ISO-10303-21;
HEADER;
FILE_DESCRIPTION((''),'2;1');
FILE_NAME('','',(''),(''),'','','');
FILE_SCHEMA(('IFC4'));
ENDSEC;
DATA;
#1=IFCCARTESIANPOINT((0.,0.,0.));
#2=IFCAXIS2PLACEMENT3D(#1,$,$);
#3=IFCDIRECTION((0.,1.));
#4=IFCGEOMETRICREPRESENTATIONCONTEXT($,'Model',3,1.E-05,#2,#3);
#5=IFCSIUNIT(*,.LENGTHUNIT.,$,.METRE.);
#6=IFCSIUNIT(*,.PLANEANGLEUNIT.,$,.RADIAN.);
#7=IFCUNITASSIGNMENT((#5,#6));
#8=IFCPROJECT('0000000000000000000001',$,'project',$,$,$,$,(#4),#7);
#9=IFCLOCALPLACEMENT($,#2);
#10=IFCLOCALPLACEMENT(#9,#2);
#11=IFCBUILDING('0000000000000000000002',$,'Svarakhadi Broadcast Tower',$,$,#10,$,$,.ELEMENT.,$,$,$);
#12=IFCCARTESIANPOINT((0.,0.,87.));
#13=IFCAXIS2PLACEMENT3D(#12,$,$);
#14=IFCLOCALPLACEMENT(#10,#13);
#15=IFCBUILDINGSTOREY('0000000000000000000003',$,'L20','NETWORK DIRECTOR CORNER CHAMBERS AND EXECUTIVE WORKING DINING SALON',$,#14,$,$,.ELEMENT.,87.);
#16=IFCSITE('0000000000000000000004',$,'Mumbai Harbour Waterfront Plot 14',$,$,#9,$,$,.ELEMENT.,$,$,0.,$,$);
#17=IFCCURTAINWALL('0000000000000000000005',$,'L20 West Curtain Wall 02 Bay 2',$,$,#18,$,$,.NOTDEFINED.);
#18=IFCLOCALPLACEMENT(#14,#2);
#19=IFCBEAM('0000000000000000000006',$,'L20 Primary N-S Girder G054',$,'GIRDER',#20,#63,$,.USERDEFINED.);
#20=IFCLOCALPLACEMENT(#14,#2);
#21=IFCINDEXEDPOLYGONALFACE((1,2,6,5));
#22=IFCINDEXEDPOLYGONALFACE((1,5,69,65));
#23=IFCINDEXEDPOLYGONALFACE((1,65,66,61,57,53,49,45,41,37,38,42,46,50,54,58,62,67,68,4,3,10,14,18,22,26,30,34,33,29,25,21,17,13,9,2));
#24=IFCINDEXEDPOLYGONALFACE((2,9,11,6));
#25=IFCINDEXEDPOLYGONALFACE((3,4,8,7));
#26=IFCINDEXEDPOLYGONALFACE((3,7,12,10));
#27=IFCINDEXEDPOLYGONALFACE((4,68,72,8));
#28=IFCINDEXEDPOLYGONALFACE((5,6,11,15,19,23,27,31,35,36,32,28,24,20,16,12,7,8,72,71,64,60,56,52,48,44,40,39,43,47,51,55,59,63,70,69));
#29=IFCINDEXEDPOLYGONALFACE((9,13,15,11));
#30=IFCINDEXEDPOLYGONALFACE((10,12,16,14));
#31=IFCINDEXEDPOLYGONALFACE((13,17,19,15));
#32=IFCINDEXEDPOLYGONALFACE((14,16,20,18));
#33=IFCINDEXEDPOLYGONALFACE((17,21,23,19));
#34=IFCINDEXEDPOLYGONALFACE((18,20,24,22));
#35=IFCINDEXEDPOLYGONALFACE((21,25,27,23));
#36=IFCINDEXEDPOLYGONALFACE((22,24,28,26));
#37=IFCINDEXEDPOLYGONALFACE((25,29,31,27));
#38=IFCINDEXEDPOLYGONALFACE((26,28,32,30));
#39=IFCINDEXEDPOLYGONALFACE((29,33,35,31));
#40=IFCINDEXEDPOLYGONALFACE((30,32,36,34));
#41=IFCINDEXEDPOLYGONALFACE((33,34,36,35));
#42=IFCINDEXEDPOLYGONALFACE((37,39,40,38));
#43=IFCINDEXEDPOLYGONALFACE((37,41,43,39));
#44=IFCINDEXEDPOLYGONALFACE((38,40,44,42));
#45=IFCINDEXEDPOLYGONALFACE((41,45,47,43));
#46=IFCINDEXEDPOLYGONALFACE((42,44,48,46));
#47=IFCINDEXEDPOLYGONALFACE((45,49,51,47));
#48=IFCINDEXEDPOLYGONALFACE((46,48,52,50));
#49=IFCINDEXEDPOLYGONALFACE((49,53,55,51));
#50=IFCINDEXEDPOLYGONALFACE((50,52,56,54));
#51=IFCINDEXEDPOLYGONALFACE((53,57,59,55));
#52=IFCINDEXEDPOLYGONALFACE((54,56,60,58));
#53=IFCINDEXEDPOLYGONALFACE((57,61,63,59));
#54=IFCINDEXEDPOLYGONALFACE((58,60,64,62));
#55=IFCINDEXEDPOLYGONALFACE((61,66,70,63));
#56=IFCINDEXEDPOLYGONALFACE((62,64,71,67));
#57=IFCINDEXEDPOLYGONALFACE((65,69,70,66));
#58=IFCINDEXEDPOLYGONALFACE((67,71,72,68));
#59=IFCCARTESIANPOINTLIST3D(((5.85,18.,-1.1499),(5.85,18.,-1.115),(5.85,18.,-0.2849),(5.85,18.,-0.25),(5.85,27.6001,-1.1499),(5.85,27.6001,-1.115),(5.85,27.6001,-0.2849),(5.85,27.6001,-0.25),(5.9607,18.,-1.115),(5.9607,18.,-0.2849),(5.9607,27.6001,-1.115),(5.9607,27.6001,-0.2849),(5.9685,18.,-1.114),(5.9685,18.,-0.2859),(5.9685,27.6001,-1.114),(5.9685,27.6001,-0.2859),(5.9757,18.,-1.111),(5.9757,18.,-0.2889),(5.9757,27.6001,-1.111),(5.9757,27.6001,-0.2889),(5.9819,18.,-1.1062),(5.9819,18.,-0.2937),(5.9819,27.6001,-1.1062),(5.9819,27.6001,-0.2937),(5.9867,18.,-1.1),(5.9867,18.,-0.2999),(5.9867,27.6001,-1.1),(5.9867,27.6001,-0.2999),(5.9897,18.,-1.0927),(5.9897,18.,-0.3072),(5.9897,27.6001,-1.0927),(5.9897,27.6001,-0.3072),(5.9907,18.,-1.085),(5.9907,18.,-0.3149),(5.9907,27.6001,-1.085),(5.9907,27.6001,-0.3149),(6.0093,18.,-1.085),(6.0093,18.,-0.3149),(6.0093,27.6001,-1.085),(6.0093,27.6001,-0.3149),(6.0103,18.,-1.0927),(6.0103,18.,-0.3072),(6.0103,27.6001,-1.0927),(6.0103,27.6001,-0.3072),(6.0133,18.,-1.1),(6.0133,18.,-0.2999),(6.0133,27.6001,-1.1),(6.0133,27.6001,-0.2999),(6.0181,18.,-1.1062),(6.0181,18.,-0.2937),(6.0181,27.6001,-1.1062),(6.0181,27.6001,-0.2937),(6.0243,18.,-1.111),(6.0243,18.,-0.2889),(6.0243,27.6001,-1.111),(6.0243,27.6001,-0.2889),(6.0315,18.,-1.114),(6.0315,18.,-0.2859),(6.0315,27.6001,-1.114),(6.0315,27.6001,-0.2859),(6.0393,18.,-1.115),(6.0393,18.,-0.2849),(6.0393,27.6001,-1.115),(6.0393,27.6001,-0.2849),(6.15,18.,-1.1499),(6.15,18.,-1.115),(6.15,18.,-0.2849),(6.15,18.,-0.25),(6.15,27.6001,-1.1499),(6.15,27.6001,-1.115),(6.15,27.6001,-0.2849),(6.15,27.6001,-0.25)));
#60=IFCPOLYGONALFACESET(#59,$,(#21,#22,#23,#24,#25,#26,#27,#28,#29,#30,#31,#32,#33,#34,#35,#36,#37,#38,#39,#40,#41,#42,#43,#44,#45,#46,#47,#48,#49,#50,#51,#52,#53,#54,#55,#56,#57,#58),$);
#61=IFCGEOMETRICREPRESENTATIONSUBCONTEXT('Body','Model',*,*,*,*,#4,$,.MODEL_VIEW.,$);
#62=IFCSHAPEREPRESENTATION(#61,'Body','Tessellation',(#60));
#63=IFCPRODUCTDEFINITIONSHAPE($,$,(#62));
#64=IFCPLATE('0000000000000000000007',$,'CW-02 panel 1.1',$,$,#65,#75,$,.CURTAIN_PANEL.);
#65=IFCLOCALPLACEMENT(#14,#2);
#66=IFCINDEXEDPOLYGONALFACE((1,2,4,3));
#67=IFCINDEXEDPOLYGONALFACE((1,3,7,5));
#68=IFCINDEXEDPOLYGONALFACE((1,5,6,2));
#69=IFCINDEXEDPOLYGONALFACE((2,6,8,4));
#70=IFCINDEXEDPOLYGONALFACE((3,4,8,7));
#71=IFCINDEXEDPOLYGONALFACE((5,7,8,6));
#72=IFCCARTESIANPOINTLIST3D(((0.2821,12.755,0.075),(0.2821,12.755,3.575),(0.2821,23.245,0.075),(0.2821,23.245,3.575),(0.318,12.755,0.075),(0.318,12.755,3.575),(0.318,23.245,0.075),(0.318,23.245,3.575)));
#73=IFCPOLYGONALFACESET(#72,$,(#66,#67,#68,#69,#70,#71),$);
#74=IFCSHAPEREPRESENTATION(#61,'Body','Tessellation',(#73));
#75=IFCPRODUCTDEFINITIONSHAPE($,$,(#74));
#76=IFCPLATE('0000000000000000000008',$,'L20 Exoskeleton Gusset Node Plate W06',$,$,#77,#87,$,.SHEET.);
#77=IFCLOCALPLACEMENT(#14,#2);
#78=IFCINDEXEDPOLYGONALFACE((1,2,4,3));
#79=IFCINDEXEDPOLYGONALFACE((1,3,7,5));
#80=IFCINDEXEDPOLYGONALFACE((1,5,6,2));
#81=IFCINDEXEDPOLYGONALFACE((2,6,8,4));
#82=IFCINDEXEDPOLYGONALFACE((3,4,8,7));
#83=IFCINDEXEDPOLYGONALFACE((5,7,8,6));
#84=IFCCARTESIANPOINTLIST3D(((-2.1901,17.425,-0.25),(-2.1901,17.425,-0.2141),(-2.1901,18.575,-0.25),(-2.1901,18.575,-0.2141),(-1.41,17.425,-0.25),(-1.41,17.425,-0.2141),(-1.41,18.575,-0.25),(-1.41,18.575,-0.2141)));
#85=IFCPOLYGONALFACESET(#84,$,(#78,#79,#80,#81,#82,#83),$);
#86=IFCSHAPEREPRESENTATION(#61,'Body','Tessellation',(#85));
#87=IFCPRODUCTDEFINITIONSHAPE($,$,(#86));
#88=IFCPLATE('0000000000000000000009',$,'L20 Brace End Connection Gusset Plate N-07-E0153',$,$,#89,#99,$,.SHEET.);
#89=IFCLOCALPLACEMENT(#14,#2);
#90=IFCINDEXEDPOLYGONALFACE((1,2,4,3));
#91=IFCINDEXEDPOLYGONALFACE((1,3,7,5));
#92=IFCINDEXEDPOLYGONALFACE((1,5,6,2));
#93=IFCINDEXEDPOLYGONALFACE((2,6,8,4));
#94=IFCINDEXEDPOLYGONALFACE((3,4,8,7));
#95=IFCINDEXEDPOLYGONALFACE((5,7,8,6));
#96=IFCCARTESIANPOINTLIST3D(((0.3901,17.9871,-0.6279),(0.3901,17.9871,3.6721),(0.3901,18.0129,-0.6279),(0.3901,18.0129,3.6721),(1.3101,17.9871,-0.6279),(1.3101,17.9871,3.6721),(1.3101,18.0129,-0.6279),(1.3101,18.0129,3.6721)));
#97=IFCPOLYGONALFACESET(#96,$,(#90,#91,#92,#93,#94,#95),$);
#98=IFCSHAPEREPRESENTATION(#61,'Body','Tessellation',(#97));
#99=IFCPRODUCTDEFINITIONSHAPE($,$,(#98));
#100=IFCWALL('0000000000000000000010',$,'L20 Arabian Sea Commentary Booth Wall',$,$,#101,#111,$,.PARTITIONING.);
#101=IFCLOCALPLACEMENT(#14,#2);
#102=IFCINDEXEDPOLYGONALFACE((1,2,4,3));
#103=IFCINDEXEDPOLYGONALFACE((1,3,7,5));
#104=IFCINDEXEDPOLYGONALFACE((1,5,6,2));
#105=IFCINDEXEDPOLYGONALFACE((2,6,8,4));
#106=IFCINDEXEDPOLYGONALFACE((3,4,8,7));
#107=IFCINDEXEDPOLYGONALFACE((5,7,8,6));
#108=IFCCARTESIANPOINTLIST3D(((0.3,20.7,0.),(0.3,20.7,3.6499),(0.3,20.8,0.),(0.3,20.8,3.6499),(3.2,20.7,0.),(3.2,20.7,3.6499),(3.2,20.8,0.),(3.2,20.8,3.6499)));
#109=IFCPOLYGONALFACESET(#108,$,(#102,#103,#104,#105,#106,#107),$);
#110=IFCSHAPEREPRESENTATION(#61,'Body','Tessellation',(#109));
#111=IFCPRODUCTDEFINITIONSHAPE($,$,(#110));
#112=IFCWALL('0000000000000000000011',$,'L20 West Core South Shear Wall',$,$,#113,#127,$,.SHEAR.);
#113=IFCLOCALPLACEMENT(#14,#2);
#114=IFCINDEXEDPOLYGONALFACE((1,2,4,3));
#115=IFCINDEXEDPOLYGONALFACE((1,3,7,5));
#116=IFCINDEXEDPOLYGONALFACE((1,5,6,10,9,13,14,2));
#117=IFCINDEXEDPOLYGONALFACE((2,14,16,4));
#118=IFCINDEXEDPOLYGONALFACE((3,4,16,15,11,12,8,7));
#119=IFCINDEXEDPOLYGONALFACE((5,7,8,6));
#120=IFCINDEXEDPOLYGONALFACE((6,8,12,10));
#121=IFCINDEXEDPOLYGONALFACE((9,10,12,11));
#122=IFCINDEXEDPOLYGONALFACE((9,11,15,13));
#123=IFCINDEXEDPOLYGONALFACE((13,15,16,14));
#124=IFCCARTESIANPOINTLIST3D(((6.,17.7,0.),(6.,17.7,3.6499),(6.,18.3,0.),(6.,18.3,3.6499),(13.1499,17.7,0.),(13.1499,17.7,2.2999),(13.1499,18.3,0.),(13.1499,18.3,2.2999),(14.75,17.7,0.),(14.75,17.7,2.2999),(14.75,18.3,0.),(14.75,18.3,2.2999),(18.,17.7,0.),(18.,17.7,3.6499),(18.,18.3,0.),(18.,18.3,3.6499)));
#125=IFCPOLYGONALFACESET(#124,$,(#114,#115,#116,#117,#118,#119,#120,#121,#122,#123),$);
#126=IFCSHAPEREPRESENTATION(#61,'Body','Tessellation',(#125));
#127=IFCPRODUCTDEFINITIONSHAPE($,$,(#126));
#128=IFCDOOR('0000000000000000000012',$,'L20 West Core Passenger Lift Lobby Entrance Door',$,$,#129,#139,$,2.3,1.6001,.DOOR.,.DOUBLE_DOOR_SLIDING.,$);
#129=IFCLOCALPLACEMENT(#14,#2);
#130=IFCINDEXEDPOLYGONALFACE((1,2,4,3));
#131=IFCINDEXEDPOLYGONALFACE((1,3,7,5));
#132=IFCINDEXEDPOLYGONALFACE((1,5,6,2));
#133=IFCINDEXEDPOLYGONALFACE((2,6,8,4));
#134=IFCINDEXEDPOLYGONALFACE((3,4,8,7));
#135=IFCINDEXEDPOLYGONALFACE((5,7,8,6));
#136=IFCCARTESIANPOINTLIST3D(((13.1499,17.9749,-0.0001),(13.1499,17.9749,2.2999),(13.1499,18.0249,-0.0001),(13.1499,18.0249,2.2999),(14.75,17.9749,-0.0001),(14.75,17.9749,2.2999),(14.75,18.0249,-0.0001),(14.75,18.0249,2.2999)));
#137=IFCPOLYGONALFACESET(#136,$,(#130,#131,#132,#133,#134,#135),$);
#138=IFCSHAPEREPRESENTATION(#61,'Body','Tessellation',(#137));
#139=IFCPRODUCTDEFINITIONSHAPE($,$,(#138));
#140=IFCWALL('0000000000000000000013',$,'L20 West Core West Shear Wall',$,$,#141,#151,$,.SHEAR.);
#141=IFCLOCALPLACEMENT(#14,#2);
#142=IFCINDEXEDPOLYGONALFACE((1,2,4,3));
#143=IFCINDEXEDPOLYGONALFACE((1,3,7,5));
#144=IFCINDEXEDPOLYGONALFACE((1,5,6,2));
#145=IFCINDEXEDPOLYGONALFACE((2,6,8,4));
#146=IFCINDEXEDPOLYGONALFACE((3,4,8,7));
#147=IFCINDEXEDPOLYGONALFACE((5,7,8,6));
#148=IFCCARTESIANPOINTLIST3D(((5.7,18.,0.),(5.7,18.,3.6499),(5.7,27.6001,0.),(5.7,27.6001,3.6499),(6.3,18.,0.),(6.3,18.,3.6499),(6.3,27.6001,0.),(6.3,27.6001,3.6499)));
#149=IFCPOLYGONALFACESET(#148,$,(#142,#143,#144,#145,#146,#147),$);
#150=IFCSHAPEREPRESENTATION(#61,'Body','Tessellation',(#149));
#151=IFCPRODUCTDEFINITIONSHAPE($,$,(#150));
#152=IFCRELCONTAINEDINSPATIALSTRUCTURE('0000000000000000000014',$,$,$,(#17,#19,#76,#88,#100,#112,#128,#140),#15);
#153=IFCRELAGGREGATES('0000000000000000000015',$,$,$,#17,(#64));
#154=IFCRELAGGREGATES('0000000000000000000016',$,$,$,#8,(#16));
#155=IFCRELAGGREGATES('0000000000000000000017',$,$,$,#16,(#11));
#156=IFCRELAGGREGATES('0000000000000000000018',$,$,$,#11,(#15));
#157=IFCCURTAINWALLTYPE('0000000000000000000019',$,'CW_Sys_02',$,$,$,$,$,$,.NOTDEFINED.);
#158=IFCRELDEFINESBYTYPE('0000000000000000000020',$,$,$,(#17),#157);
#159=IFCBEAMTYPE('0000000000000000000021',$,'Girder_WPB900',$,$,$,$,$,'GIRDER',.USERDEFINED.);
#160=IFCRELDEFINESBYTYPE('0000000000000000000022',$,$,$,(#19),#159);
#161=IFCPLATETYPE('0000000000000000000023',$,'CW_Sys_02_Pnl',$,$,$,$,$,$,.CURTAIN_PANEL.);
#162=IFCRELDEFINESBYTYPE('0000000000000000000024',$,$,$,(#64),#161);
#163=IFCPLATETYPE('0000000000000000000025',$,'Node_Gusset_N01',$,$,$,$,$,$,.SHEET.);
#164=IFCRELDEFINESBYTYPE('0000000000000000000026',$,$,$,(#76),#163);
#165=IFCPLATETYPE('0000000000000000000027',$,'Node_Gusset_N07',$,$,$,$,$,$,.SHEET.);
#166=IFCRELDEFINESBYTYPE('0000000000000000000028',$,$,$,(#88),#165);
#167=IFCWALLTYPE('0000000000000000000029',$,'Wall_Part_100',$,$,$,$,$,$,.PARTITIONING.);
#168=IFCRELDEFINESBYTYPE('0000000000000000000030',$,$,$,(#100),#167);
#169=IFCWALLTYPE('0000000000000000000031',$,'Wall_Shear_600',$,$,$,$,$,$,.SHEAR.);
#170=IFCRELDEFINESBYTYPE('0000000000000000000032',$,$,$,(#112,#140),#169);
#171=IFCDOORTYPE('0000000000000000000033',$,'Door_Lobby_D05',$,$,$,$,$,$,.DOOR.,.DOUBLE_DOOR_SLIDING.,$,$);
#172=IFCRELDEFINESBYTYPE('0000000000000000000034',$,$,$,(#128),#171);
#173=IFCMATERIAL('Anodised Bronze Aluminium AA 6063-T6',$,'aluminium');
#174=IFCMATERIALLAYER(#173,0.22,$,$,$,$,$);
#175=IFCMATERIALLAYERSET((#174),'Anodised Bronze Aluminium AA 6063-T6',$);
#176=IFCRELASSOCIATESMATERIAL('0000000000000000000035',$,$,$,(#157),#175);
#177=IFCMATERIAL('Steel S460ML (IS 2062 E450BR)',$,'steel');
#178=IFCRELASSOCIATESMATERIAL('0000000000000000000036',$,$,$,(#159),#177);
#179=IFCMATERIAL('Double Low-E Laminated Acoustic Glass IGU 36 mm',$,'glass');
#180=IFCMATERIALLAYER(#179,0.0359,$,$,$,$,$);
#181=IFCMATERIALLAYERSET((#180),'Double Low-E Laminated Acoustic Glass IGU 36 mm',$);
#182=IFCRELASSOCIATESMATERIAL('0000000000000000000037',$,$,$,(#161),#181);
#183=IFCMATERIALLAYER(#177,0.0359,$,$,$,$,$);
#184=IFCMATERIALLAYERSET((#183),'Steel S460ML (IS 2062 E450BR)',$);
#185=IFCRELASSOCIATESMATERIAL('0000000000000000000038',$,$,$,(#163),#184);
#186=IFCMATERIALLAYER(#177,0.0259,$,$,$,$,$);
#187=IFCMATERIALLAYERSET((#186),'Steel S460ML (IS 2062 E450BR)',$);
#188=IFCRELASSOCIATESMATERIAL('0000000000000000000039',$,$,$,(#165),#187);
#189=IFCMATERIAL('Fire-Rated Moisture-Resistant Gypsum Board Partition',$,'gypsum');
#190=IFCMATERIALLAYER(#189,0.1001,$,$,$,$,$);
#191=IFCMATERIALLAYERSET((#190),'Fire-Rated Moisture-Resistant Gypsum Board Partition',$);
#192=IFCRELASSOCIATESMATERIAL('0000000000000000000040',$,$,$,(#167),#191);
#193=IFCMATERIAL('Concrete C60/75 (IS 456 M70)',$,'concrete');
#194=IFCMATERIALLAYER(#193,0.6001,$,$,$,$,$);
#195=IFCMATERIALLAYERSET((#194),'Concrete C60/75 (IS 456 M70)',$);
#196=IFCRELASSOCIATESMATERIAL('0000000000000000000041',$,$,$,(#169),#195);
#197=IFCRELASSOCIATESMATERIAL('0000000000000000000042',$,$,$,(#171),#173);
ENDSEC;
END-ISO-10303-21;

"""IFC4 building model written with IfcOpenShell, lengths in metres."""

from ifc_helpers import new_model, si_unit, direction, frame, frame_2d, origin, origin_2d, place, context, subcontext, project, spatial, rectangle, i_section, extrude, material, layer, layer_set, material_profile, profile_set, type_object, element, fill, aggregate, save


model = new_model("IFC4")

# Units and contexts
model_context = context("Model", 3, precision=1e-05, world=origin(), true_north=direction((0.0, 1.0)))
body_context = subcontext(model_context, "Body", "Model", "MODEL_VIEW")
ifc_project = project(units=[si_unit("LENGTHUNIT", "METRE"), si_unit("PLANEANGLEUNIT", "RADIAN")], contexts=[model_context])

# Site, building, storey
site_placement = place(None, origin())
site = spatial("IfcSite", under=ifc_project, at=site_placement, Name="Mumbai Harbour Waterfront Plot 14", CompositionType="ELEMENT", RefElevation=0.0)
building_placement = place(site_placement, origin())
building = spatial("IfcBuilding", under=site, at=building_placement, Name="Svarakhadi Broadcast Tower", CompositionType="ELEMENT")
storey_placement = place(building_placement, frame((0.0, 0.0, 87.0)))
storey = spatial("IfcBuildingStorey", under=building, at=storey_placement, Name="L20", Description="NETWORK DIRECTOR CORNER CHAMBERS AND EXECUTIVE WORKING DINING SALON", CompositionType="ELEMENT", Elevation=87.0)

# Shared definitions
ifc_material_1 = material(Name="Concrete C60/75 (IS 456 M70)", Category="concrete")
ifc_material_2 = material(Name="Steel S460ML (IS 2062 E450BR)", Category="steel")

# Curtain wall
ifc_material_3 = material(Name="Anodised Bronze Aluminium AA 6063-T6", Category="aluminium")
ifc_layer_1 = layer(ifc_material_3, 0.22)
ifc_layer_set_1 = layer_set([ifc_layer_1], Name="Anodised Bronze Aluminium AA 6063-T6")
curtain_wall_type = type_object("IfcCurtainWallType", Name="CW_Sys_02", PredefinedType="NOTDEFINED", material=ifc_layer_set_1)
curtain_wall_placement = place(storey_placement, origin())
curtain_wall = element("IfcCurtainWall", 1, at=curtain_wall_placement, inside=storey, type_object=curtain_wall_type, Name="L20 West Curtain Wall 02 Bay 2", PredefinedType="NOTDEFINED")

# Beam
ifc_material_profile_1 = material_profile(ifc_material_2, i_section(OverallWidth=0.3, OverallDepth=0.8999, WebThickness=0.0186, FlangeThickness=0.0349, FilletRadius=0.03, at=origin_2d()), Name="WPB 900x300x291")
ifc_profile_set_1 = profile_set([ifc_material_profile_1], Name="Steel S460ML (IS 2062 E450BR)")
beam_type_1 = type_object("IfcBeamType", Name="Girder_WPB900", ElementType="GIRDER", PredefinedType="USERDEFINED", material=ifc_profile_set_1)
beam_1_placement = place(storey_placement, frame((6.0, 18.0, -0.7), z_axis=(0.0, 1.0, 0.0), x_axis=(-1.0, 0.0, 0.0)))
element("IfcBeam", 2, at=beam_1_placement, inside=storey, type_object=beam_type_1, Name="L20 Primary N-S Girder G054", ObjectType="GIRDER", PredefinedType="USERDEFINED", context=body_context, shape_type="SweptSolid", body=[
    extrude(i_section(OverallWidth=0.3, OverallDepth=0.8999, WebThickness=0.0186, FlangeThickness=0.0349, FilletRadius=0.03, at=origin_2d()), origin(), (0.0, 0.0, 1.0), 9.6001),
])

# Plate
ifc_material_4 = material(Name="Double Low-E Laminated Acoustic Glass IGU 36 mm", Category="glass")
ifc_layer_2 = layer(ifc_material_4, 0.0359)
ifc_layer_set_2 = layer_set([ifc_layer_2], Name="Double Low-E Laminated Acoustic Glass IGU 36 mm")
plate_type_1 = type_object("IfcPlateType", Name="CW_Sys_02_Pnl", PredefinedType="CURTAIN_PANEL", material=ifc_layer_set_2)
plate_1_placement = place(storey_placement, frame((0.3, 18.0, 0.075), z_axis=(0.0, 0.0, 1.0), x_axis=(0.0, 1.0, 0.0)))
plate_1 = element("IfcPlate", 3, at=plate_1_placement, type_object=plate_type_1, Name="CW-02 panel 1.1", PredefinedType="CURTAIN_PANEL", context=body_context, shape_type="SweptSolid", body=[
    extrude(rectangle(XDim=10.49, YDim=0.0359, at=origin_2d()), origin(), (0.0, 0.0, 1.0), 3.5),
])
aggregate(curtain_wall, [plate_1])

# Plates
ifc_layer_3 = layer(ifc_material_2, 0.0359)
ifc_layer_set_3 = layer_set([ifc_layer_3], Name="Steel S460ML (IS 2062 E450BR)")
plate_type_2 = type_object("IfcPlateType", Name="Node_Gusset_N01", PredefinedType="SHEET", material=ifc_layer_set_3)
plate_2_placement = place(storey_placement, frame((-1.8, 18.0, -0.25), z_axis=(0.0, 0.0, 1.0), x_axis=(0.0, 1.0, 0.0)))
element("IfcPlate", 4, at=plate_2_placement, inside=storey, type_object=plate_type_2, Name="L20 Exoskeleton Gusset Node Plate W06", PredefinedType="SHEET", context=body_context, shape_type="SweptSolid", body=[
    extrude(rectangle(XDim=1.1499, YDim=0.78, at=origin_2d()), origin(), (0.0, 0.0, 1.0), 0.0359),
])
ifc_layer_4 = layer(ifc_material_2, 0.0259)
ifc_layer_set_4 = layer_set([ifc_layer_4], Name="Steel S460ML (IS 2062 E450BR)")
plate_type_3 = type_object("IfcPlateType", Name="Node_Gusset_N07", PredefinedType="SHEET", material=ifc_layer_set_4)
plate_3_placement = place(storey_placement, frame((0.8501, 18.0, -0.6279), z_axis=(0.0, 0.0, 1.0), x_axis=(1.0, 0.0, 0.0)))
element("IfcPlate", 5, at=plate_3_placement, inside=storey, type_object=plate_type_3, Name="L20 Brace End Connection Gusset Plate N-07-E0153", PredefinedType="SHEET", context=body_context, shape_type="SweptSolid", body=[
    extrude(rectangle(XDim=0.9199, YDim=0.0259, at=origin_2d()), origin(), (0.0, 0.0, 1.0), 4.3),
])

# Wall
ifc_material_5 = material(Name="Fire-Rated Moisture-Resistant Gypsum Board Partition", Category="gypsum")
ifc_layer_5 = layer(ifc_material_5, 0.1001)
ifc_layer_set_5 = layer_set([ifc_layer_5], Name="Fire-Rated Moisture-Resistant Gypsum Board Partition")
wall_type_1 = type_object("IfcWallType", Name="Wall_Part_100", PredefinedType="PARTITIONING", material=ifc_layer_set_5)
wall_1_placement = place(storey_placement, frame((0.3, 20.75, 0.0), z_axis=(0.0, 0.0, 1.0), x_axis=(1.0, 0.0, 0.0)))
element("IfcWall", 6, at=wall_1_placement, inside=storey, type_object=wall_type_1, Name="L20 Arabian Sea Commentary Booth Wall", PredefinedType="PARTITIONING", context=body_context, shape_type="SweptSolid", body=[
    extrude(rectangle(XDim=2.8999, YDim=0.1001, at=frame_2d((1.45, 0.0))), origin(), (0.0, 0.0, 1.0), 3.6499),
])

# Wall, opening, door
ifc_layer_6 = layer(ifc_material_1, 0.6001)
ifc_layer_set_6 = layer_set([ifc_layer_6], Name="Concrete C60/75 (IS 456 M70)")
wall_type_2 = type_object("IfcWallType", Name="Wall_Shear_600", PredefinedType="SHEAR", material=ifc_layer_set_6)
wall_2_placement = place(storey_placement, frame((6.0, 18.0, 0.0), z_axis=(0.0, 0.0, 1.0), x_axis=(1.0, 0.0, 0.0)))
wall_2 = element("IfcWall", 7, at=wall_2_placement, inside=storey, type_object=wall_type_2, Name="L20 West Core South Shear Wall", PredefinedType="SHEAR", context=body_context, shape_type="SweptSolid", body=[
    extrude(rectangle(XDim=12.0, YDim=0.6001, at=frame_2d((6.0, 0.0))), origin(), (0.0, 0.0, 1.0), 3.6499),
])
opening_placement = place(wall_2_placement, frame((7.1499, 0.0, 0.0)))
opening = element("IfcOpeningElement", 8, at=opening_placement, cuts=wall_2, PredefinedType="OPENING", context=body_context, shape_type="SweptSolid", body=[
    extrude(rectangle(XDim=1.6001, YDim=2.3, at=frame_2d((0.8, 1.1499))), frame((0.0, 0.3101, 0.0), z_axis=(0.0, -1.0, 0.0), x_axis=(1.0, 0.0, 0.0)), (0.0, 0.0, 1.0), 0.6201),
])
door_type = type_object("IfcDoorType", Name="Door_Lobby_D05", OperationType="DOUBLE_DOOR_SLIDING", PredefinedType="DOOR", material=ifc_material_3)
door_placement = place(opening_placement, origin())
door = element("IfcDoor", 9, at=door_placement, inside=storey, type_object=door_type, Name="L20 West Core Passenger Lift Lobby Entrance Door", OperationType="DOUBLE_DOOR_SLIDING", OverallHeight=2.3, OverallWidth=1.6001, PredefinedType="DOOR", context=body_context, shape_type="SweptSolid", body=[
    extrude(rectangle(XDim=1.6001, YDim=2.3, at=frame_2d((0.8, 1.1499))), frame((0.0, 0.0249, 0.0), z_axis=(0.0, -1.0, 0.0), x_axis=(1.0, 0.0, 0.0)), (0.0, 0.0, 1.0), 0.05),
])
fill(opening, door)

# Wall
wall_3_placement = place(storey_placement, frame((6.0, 18.0, 0.0), z_axis=(0.0, 0.0, 1.0), x_axis=(0.0, 1.0, 0.0)))
element("IfcWall", 10, at=wall_3_placement, inside=storey, type_object=wall_type_2, Name="L20 West Core West Shear Wall", PredefinedType="SHEAR", context=body_context, shape_type="SweptSolid", body=[
    extrude(rectangle(XDim=9.6001, YDim=0.6001, at=frame_2d((4.8, 0.0))), origin(), (0.0, 0.0, 1.0), 3.6499),
])

save(model, "model.ifc")
